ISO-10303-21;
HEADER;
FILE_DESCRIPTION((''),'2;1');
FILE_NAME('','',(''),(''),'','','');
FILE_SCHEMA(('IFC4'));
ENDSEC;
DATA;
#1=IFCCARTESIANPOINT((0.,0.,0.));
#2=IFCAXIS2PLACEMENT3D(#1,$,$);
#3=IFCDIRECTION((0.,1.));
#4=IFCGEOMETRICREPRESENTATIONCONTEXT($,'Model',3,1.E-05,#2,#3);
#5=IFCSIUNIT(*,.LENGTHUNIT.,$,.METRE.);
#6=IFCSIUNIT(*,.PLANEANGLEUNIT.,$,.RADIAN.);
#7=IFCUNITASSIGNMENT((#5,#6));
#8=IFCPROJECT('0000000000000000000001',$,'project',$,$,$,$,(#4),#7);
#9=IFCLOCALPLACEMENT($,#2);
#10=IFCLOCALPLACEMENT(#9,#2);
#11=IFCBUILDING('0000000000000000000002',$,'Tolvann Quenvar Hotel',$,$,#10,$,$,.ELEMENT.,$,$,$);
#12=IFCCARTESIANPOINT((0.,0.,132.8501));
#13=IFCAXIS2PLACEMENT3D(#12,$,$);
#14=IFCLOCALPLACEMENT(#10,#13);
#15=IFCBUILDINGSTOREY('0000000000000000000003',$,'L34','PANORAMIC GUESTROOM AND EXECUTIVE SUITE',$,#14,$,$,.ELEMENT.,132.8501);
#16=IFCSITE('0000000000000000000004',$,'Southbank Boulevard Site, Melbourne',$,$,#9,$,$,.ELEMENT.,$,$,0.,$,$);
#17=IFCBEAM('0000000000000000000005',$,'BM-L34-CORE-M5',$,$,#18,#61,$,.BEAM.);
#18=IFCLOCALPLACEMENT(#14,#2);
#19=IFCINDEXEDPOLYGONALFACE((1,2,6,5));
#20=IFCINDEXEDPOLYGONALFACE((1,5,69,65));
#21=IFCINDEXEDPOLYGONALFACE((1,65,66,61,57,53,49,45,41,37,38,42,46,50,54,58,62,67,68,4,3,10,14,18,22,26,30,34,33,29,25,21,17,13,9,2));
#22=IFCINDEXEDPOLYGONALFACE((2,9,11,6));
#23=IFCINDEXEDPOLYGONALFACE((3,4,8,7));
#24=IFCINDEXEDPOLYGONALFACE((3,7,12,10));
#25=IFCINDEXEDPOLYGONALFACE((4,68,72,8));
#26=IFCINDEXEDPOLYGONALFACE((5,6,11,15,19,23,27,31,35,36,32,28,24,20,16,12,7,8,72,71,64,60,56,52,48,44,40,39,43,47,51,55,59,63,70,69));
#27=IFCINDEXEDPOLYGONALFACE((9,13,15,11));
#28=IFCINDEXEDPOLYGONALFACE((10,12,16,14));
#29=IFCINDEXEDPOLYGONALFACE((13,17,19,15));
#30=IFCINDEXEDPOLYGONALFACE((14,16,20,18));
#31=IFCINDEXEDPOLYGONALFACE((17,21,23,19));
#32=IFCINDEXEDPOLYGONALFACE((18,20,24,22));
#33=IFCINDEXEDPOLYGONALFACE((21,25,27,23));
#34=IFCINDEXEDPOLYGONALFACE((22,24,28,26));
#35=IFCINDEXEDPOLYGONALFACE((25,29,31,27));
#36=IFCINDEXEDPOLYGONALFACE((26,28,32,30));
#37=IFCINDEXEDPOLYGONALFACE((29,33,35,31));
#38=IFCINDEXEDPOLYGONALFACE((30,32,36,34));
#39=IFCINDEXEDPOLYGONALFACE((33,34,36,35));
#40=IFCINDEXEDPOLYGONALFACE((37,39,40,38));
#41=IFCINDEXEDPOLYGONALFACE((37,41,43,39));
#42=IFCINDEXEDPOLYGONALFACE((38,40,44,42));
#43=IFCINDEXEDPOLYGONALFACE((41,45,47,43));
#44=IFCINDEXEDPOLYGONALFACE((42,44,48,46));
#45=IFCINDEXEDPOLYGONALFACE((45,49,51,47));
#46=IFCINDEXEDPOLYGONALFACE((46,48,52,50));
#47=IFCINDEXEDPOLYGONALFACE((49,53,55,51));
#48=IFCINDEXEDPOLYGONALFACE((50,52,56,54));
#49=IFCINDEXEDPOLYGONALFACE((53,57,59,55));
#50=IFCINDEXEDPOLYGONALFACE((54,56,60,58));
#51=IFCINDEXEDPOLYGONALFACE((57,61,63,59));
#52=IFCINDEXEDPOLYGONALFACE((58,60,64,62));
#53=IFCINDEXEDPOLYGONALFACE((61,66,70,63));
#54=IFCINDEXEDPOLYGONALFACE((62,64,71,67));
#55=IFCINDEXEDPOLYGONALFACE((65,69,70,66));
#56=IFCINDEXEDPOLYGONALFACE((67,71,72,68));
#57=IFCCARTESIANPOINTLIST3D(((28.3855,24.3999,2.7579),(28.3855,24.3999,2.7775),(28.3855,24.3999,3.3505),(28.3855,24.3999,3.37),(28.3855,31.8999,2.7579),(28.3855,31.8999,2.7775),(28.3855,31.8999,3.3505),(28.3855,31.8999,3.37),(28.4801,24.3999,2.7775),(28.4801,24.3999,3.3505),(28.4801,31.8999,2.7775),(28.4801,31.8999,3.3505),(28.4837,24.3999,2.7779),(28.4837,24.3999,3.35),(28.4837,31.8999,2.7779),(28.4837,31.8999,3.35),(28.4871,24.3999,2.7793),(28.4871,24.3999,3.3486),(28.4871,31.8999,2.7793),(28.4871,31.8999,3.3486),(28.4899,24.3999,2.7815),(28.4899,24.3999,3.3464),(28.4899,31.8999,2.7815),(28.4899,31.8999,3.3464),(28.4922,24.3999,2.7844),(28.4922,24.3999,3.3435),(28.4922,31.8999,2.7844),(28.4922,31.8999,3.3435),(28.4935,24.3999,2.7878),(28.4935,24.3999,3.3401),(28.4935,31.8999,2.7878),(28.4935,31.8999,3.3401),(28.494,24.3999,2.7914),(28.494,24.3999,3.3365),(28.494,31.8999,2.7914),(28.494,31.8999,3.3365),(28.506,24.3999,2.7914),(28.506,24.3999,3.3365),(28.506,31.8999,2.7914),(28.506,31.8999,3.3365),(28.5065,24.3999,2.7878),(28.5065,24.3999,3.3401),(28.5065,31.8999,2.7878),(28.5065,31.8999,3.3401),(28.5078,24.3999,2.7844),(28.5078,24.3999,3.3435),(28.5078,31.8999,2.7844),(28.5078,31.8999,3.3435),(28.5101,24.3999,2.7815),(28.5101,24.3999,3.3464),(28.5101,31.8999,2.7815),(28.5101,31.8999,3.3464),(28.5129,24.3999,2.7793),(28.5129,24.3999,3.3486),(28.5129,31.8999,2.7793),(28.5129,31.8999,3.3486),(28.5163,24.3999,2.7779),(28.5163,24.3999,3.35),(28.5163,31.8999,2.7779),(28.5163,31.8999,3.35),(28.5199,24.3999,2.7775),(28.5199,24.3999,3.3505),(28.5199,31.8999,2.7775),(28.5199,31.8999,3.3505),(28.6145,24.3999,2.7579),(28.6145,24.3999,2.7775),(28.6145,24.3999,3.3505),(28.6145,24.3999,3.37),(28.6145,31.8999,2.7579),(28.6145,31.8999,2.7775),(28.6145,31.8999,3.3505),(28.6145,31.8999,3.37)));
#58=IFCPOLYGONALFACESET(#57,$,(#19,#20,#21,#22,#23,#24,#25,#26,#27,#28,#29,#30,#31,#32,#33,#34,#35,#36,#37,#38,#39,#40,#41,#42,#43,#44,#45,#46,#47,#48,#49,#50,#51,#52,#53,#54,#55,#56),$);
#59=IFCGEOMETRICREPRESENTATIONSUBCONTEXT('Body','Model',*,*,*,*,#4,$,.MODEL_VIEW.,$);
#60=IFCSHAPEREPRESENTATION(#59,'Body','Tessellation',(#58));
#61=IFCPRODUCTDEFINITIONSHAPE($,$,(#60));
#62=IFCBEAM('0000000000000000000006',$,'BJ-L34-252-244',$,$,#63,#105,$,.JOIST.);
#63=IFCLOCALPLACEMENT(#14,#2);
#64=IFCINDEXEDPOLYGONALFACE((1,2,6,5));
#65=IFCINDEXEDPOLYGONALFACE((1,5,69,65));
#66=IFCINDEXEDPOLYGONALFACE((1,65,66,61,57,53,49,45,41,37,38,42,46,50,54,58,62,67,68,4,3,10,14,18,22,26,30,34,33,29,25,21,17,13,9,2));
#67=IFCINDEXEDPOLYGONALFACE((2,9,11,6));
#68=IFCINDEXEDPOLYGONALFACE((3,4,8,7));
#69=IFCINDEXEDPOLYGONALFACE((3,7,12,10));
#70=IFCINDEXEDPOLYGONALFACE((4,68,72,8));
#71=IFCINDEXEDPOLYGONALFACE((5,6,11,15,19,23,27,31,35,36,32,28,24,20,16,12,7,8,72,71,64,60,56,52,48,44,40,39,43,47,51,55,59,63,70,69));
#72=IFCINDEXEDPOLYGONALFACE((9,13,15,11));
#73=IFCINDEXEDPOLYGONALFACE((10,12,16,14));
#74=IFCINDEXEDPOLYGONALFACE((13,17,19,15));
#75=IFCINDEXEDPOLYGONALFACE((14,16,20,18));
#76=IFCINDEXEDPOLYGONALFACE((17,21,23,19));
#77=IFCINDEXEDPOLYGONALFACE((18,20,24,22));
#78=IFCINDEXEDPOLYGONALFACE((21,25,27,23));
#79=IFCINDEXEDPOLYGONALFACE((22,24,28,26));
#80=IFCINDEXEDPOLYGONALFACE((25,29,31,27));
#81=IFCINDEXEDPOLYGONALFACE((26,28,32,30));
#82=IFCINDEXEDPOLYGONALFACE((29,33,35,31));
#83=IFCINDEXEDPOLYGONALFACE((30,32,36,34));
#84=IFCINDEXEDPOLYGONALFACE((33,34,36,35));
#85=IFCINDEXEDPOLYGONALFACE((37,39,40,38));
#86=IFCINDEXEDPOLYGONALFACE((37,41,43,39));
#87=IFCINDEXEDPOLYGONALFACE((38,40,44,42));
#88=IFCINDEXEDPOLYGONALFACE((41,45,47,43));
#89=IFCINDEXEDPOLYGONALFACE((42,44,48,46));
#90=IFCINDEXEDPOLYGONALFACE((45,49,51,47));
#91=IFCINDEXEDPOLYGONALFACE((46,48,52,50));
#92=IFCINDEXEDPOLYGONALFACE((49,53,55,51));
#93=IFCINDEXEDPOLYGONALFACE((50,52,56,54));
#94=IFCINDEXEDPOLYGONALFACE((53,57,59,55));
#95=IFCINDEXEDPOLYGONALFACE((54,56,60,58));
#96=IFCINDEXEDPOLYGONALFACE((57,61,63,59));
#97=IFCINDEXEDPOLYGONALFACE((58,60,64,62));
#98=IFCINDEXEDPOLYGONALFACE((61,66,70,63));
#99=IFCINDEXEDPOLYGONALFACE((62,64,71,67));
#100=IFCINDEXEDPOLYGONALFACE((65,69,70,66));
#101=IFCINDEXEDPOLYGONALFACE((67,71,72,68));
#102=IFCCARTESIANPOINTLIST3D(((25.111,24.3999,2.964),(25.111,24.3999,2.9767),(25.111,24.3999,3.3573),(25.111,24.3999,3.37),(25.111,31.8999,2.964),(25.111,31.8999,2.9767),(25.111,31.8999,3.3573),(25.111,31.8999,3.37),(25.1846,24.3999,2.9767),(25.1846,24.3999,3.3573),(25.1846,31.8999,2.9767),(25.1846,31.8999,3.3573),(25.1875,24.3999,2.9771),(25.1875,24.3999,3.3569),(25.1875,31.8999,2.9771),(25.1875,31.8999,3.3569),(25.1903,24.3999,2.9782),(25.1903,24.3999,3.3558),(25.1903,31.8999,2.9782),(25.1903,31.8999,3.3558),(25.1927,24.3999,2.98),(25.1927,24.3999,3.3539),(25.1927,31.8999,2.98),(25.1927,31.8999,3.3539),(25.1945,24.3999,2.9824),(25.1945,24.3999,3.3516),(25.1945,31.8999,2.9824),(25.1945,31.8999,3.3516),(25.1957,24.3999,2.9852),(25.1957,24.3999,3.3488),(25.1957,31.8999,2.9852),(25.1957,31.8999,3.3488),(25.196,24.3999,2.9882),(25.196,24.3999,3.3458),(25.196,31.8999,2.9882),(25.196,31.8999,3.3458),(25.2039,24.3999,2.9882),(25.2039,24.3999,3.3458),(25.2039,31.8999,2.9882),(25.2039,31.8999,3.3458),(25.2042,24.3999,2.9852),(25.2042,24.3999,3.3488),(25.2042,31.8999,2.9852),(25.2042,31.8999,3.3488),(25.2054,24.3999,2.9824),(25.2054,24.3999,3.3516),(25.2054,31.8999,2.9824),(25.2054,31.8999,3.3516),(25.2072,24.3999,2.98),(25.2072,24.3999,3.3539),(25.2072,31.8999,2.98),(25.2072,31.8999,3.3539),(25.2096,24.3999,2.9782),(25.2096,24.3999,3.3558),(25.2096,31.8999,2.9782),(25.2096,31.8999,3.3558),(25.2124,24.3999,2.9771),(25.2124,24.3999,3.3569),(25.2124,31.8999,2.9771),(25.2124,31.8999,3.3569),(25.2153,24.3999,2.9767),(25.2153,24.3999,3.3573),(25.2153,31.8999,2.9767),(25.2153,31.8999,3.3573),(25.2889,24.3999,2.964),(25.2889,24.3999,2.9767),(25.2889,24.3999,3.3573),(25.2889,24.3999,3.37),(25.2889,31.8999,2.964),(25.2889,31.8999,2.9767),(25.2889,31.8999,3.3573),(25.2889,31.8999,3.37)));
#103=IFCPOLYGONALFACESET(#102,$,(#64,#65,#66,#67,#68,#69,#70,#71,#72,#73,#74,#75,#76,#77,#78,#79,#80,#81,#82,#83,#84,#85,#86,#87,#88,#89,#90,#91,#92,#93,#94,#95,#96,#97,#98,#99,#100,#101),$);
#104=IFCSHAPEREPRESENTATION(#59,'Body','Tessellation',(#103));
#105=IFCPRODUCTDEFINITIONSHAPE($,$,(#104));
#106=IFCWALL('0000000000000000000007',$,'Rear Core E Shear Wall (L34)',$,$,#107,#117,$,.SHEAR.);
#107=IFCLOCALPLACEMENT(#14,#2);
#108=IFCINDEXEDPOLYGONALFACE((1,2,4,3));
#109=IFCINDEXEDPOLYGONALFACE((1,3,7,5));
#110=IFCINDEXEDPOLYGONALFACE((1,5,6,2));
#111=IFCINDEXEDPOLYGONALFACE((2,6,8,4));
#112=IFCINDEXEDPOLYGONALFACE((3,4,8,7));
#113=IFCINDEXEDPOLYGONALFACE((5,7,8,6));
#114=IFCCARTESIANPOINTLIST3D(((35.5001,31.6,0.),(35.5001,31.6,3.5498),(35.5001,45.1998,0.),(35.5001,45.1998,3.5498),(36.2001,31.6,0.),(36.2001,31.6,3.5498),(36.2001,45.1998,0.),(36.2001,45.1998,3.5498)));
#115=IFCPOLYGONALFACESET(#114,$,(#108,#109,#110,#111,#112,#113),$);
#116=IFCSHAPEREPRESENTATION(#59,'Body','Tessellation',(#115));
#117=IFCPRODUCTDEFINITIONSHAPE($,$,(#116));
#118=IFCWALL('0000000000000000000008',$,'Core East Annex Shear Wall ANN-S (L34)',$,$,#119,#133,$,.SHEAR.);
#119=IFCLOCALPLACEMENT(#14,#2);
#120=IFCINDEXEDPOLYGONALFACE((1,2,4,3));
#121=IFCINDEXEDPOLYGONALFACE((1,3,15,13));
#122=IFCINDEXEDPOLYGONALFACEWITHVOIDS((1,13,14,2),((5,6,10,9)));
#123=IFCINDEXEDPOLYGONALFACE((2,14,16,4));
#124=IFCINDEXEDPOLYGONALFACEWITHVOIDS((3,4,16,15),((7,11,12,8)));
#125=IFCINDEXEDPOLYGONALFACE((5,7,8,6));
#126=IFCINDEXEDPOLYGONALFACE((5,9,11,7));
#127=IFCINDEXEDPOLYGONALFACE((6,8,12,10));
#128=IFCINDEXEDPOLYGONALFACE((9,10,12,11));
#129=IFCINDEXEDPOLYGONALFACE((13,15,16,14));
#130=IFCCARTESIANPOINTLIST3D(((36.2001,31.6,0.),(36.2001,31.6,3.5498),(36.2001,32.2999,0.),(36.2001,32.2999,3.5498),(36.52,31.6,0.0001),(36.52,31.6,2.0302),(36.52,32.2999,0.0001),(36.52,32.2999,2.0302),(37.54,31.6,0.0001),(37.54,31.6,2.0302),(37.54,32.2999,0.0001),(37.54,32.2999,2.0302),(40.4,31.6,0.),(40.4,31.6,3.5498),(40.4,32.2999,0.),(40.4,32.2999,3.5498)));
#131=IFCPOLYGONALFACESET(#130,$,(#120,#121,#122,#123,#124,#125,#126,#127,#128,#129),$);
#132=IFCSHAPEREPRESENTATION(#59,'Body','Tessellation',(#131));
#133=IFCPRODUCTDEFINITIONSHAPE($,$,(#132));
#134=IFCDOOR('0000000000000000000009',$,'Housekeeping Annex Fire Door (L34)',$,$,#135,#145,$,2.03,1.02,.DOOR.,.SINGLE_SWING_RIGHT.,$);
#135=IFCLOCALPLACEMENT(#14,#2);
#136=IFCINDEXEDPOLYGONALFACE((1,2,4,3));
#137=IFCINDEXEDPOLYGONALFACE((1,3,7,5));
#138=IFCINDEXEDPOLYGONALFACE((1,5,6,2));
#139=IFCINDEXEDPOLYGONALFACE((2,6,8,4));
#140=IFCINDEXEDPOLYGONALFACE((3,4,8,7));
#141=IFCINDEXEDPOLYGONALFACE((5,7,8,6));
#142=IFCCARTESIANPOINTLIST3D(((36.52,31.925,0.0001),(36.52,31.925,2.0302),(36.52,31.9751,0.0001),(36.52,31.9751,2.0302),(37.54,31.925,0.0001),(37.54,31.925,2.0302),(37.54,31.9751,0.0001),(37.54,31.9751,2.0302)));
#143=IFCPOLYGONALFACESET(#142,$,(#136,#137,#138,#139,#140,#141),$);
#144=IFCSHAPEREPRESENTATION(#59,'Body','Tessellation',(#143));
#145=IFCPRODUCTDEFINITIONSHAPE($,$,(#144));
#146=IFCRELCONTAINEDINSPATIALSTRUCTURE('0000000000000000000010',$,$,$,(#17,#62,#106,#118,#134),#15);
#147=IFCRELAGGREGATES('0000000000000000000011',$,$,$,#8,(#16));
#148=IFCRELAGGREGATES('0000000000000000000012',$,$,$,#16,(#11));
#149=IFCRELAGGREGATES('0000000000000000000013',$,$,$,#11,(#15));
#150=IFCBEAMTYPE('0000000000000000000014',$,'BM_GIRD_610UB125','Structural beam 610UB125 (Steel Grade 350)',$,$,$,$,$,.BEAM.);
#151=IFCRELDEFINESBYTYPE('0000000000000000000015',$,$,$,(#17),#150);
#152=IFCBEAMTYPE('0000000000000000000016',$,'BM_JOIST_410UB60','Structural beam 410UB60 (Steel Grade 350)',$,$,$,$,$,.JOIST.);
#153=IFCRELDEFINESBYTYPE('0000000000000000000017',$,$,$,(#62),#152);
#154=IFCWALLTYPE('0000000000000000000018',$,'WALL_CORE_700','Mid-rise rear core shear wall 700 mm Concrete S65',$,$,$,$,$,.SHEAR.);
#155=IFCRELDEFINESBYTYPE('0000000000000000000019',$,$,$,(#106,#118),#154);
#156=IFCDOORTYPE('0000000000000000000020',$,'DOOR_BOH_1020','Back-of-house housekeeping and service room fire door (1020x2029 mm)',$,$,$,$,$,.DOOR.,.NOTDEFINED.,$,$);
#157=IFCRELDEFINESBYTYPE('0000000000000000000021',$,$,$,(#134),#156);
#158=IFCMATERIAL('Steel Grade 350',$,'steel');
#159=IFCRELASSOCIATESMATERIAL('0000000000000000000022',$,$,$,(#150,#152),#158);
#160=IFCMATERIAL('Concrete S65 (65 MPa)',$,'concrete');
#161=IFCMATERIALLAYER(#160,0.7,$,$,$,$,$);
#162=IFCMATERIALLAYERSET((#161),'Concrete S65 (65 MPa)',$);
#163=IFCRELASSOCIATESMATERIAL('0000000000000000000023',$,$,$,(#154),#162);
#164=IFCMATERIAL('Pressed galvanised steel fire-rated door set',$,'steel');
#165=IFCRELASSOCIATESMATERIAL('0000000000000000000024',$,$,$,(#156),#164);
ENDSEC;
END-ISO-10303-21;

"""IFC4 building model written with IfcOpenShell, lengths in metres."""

from ifc_helpers import new_model, si_unit, direction, frame, frame_2d, origin, origin_2d, place, context, subcontext, project, spatial, rectangle, i_section, extrude, source, transform, mapped, material, layer, layer_set, material_profile, profile_set, type_object, type_shapes, element, fill, save


model = new_model("IFC4")

# Units and contexts
model_context = context("Model", 3, precision=1e-05, world=origin(), true_north=direction((0.0, 1.0)))
body_context = subcontext(model_context, "Body", "Model", "MODEL_VIEW")
ifc_project = project(units=[si_unit("LENGTHUNIT", "METRE"), si_unit("PLANEANGLEUNIT", "RADIAN")], contexts=[model_context])

# Site, building, storey
site_placement = place(None, origin())
site = spatial("IfcSite", under=ifc_project, at=site_placement, Name="Southbank Boulevard Site, Melbourne", CompositionType="ELEMENT", RefElevation=0.0)
building_placement = place(site_placement, origin())
building = spatial("IfcBuilding", under=site, at=building_placement, Name="Tolvann Quenvar Hotel", CompositionType="ELEMENT")
storey_placement = place(building_placement, frame((0.0, 0.0, 132.8501)))
storey = spatial("IfcBuildingStorey", under=building, at=storey_placement, Name="L34", Description="PANORAMIC GUESTROOM AND EXECUTIVE SUITE", CompositionType="ELEMENT", Elevation=132.8501)

# Shared definitions
ifc_material_1 = material(Name="Concrete S65 (65 MPa)", Category="concrete")
ifc_material_2 = material(Name="Steel Grade 350", Category="steel")

# Beams
ifc_material_profile_1 = material_profile(ifc_material_2, i_section(OverallWidth=0.229, OverallDepth=0.6121, WebThickness=0.012, FlangeThickness=0.0195, FilletRadius=0.0139, at=origin_2d()), Name="610UB125")
ifc_profile_set_1 = profile_set([ifc_material_profile_1], Name="Steel Grade 350")
beam_type_1 = type_object("IfcBeamType", Name="BM_GIRD_610UB125", Description="Structural beam 610UB125 (Steel Grade 350)", PredefinedType="BEAM", material=ifc_profile_set_1)
shared_shape_1 = source(origin(), body_context, "Body", "SweptSolid", [
    extrude(i_section(OverallWidth=0.229, OverallDepth=0.6121, WebThickness=0.012, FlangeThickness=0.0195, FilletRadius=0.0139, at=origin_2d()), origin(), (0.0, 0.0, 1.0), 7.5),
])
for number, where, z_axis, x_axis, name in (
    (1, (28.5, 24.3999, 3.064), (0.0, 1.0, 0.0), (-1.0, 0.0, 0.0), "BM-L34-CORE-M5"),
):
    element("IfcBeam", number, at=place(storey_placement, frame(where, z_axis=z_axis, x_axis=x_axis)), inside=storey, type_object=beam_type_1, Name=name, PredefinedType="BEAM", context=body_context, shape_type="MappedRepresentation", body=[
        mapped(shared_shape_1, transform((0.0, 0.0, 0.0), x_axis=(1.0, 0.0, 0.0), y_axis=(0.0, 1.0, 0.0), z_axis=(0.0, 0.0, 1.0), scale=1.0)),
    ])
ifc_material_profile_2 = material_profile(ifc_material_2, i_section(OverallWidth=0.178, OverallDepth=0.406, WebThickness=0.0078, FlangeThickness=0.0127, FilletRadius=0.0115, at=origin_2d()), Name="410UB60")
ifc_profile_set_2 = profile_set([ifc_material_profile_2], Name="Steel Grade 350")
beam_type_2 = type_object("IfcBeamType", Name="BM_JOIST_410UB60", Description="Structural beam 410UB60 (Steel Grade 350)", PredefinedType="JOIST", material=ifc_profile_set_2)
shared_shape_2 = source(origin(), body_context, "Body", "SweptSolid", [
    extrude(i_section(OverallWidth=0.178, OverallDepth=0.406, WebThickness=0.0078, FlangeThickness=0.0127, FilletRadius=0.0115, at=origin_2d()), origin(), (0.0, 0.0, 1.0), 7.5),
])
type_shapes(beam_type_2, [shared_shape_2])
beam_1_placement = place(storey_placement, frame((25.2, 24.3999, 3.167), z_axis=(0.0, 1.0, 0.0), x_axis=(-1.0, 0.0, 0.0)))
element("IfcBeam", 2, at=beam_1_placement, inside=storey, type_object=beam_type_2, Name="BJ-L34-252-244", PredefinedType="JOIST", context=body_context, shape_type="MappedRepresentation", body=[
    mapped(shared_shape_2, transform((0.0, 0.0, 0.0), x_axis=(1.0, 0.0, 0.0), y_axis=(0.0, 1.0, 0.0), z_axis=(0.0, 0.0, 1.0), scale=1.0)),
])

# Wall
ifc_layer_1 = layer(ifc_material_1, 0.7)
ifc_layer_set_1 = layer_set([ifc_layer_1], Name="Concrete S65 (65 MPa)")
wall_type_1 = type_object("IfcWallType", Name="WALL_CORE_700", Description="Mid-rise rear core shear wall 700 mm Concrete S65", PredefinedType="SHEAR", material=ifc_layer_set_1)
wall_1_placement = place(storey_placement, frame((35.8501, 31.6001, 0.0), z_axis=(0.0, 0.0, 1.0), x_axis=(0.0, 1.0, 0.0)))
element("IfcWall", 3, at=wall_1_placement, inside=storey, type_object=wall_type_1, Name="Rear Core E Shear Wall (L34)", PredefinedType="SHEAR", context=body_context, shape_type="SweptSolid", body=[
    extrude(rectangle(XDim=13.5999, YDim=0.7, at=frame_2d((6.7998, 0.0))), origin(), (0.0, 0.0, 1.0), 3.5498),
])

# Wall, opening, door
wall_2_placement = place(storey_placement, frame((36.2, 31.95, 0.0), z_axis=(0.0, 0.0, 1.0), x_axis=(1.0, 0.0, 0.0)))
wall_2 = element("IfcWall", 4, at=wall_2_placement, inside=storey, type_object=wall_type_1, Name="Core East Annex Shear Wall ANN-S (L34)", PredefinedType="SHEAR", context=body_context, shape_type="SweptSolid", body=[
    extrude(rectangle(XDim=4.2, YDim=0.7, at=frame_2d((2.1001, 0.0))), origin(), (0.0, 0.0, 1.0), 3.5498),
])
opening_1_placement = place(wall_2_placement, frame((1.3401, 0.0, 0.0), z_axis=(0.0, 0.0, 1.0), x_axis=(-1.0, 0.0, 0.0)))
opening_1 = element("IfcOpeningElement", 5, at=opening_1_placement, cuts=wall_2, PredefinedType="OPENING", context=body_context, shape_type="SweptSolid", body=[
    extrude(rectangle(XDim=1.02, YDim=2.03, at=frame_2d((0.51, 1.0151))), frame((0.0, 0.3599, 0.0), z_axis=(0.0, -1.0, 0.0), x_axis=(1.0, 0.0, 0.0)), (0.0, 0.0, 1.0), 0.72),
])
ifc_material_3 = material(Name="Pressed galvanised steel fire-rated door set", Category="steel")
door_type_1 = type_object("IfcDoorType", Name="DOOR_BOH_1020", Description="Back-of-house housekeeping and service room fire door (1020x2029 mm)", OperationType="NOTDEFINED", PredefinedType="DOOR", material=ifc_material_3)
shared_shape_3 = source(origin(), body_context, "Body", "SweptSolid", [
    extrude(rectangle(XDim=1.02, YDim=2.03, at=frame_2d((0.51, 1.0151))), frame((0.0, 0.0249, 0.0), z_axis=(0.0, -1.0, 0.0), x_axis=(1.0, 0.0, 0.0)), (0.0, 0.0, 1.0), 0.05),
])
type_shapes(door_type_1, [shared_shape_3])
door_1_placement = place(opening_1_placement, origin())
door_1 = element("IfcDoor", 6, at=door_1_placement, inside=storey, type_object=door_type_1, Name="Housekeeping Annex Fire Door (L34)", OperationType="SINGLE_SWING_RIGHT", OverallHeight=2.03, OverallWidth=1.02, PredefinedType="DOOR", context=body_context, shape_type="MappedRepresentation", body=[
    mapped(shared_shape_3, transform((0.0, 0.0, 0.0), x_axis=(1.0, 0.0, 0.0), y_axis=(0.0, 1.0, 0.0), z_axis=(0.0, 0.0, 1.0), scale=1.0)),
])
fill(opening_1, door_1)

save(model, "model.ifc")
